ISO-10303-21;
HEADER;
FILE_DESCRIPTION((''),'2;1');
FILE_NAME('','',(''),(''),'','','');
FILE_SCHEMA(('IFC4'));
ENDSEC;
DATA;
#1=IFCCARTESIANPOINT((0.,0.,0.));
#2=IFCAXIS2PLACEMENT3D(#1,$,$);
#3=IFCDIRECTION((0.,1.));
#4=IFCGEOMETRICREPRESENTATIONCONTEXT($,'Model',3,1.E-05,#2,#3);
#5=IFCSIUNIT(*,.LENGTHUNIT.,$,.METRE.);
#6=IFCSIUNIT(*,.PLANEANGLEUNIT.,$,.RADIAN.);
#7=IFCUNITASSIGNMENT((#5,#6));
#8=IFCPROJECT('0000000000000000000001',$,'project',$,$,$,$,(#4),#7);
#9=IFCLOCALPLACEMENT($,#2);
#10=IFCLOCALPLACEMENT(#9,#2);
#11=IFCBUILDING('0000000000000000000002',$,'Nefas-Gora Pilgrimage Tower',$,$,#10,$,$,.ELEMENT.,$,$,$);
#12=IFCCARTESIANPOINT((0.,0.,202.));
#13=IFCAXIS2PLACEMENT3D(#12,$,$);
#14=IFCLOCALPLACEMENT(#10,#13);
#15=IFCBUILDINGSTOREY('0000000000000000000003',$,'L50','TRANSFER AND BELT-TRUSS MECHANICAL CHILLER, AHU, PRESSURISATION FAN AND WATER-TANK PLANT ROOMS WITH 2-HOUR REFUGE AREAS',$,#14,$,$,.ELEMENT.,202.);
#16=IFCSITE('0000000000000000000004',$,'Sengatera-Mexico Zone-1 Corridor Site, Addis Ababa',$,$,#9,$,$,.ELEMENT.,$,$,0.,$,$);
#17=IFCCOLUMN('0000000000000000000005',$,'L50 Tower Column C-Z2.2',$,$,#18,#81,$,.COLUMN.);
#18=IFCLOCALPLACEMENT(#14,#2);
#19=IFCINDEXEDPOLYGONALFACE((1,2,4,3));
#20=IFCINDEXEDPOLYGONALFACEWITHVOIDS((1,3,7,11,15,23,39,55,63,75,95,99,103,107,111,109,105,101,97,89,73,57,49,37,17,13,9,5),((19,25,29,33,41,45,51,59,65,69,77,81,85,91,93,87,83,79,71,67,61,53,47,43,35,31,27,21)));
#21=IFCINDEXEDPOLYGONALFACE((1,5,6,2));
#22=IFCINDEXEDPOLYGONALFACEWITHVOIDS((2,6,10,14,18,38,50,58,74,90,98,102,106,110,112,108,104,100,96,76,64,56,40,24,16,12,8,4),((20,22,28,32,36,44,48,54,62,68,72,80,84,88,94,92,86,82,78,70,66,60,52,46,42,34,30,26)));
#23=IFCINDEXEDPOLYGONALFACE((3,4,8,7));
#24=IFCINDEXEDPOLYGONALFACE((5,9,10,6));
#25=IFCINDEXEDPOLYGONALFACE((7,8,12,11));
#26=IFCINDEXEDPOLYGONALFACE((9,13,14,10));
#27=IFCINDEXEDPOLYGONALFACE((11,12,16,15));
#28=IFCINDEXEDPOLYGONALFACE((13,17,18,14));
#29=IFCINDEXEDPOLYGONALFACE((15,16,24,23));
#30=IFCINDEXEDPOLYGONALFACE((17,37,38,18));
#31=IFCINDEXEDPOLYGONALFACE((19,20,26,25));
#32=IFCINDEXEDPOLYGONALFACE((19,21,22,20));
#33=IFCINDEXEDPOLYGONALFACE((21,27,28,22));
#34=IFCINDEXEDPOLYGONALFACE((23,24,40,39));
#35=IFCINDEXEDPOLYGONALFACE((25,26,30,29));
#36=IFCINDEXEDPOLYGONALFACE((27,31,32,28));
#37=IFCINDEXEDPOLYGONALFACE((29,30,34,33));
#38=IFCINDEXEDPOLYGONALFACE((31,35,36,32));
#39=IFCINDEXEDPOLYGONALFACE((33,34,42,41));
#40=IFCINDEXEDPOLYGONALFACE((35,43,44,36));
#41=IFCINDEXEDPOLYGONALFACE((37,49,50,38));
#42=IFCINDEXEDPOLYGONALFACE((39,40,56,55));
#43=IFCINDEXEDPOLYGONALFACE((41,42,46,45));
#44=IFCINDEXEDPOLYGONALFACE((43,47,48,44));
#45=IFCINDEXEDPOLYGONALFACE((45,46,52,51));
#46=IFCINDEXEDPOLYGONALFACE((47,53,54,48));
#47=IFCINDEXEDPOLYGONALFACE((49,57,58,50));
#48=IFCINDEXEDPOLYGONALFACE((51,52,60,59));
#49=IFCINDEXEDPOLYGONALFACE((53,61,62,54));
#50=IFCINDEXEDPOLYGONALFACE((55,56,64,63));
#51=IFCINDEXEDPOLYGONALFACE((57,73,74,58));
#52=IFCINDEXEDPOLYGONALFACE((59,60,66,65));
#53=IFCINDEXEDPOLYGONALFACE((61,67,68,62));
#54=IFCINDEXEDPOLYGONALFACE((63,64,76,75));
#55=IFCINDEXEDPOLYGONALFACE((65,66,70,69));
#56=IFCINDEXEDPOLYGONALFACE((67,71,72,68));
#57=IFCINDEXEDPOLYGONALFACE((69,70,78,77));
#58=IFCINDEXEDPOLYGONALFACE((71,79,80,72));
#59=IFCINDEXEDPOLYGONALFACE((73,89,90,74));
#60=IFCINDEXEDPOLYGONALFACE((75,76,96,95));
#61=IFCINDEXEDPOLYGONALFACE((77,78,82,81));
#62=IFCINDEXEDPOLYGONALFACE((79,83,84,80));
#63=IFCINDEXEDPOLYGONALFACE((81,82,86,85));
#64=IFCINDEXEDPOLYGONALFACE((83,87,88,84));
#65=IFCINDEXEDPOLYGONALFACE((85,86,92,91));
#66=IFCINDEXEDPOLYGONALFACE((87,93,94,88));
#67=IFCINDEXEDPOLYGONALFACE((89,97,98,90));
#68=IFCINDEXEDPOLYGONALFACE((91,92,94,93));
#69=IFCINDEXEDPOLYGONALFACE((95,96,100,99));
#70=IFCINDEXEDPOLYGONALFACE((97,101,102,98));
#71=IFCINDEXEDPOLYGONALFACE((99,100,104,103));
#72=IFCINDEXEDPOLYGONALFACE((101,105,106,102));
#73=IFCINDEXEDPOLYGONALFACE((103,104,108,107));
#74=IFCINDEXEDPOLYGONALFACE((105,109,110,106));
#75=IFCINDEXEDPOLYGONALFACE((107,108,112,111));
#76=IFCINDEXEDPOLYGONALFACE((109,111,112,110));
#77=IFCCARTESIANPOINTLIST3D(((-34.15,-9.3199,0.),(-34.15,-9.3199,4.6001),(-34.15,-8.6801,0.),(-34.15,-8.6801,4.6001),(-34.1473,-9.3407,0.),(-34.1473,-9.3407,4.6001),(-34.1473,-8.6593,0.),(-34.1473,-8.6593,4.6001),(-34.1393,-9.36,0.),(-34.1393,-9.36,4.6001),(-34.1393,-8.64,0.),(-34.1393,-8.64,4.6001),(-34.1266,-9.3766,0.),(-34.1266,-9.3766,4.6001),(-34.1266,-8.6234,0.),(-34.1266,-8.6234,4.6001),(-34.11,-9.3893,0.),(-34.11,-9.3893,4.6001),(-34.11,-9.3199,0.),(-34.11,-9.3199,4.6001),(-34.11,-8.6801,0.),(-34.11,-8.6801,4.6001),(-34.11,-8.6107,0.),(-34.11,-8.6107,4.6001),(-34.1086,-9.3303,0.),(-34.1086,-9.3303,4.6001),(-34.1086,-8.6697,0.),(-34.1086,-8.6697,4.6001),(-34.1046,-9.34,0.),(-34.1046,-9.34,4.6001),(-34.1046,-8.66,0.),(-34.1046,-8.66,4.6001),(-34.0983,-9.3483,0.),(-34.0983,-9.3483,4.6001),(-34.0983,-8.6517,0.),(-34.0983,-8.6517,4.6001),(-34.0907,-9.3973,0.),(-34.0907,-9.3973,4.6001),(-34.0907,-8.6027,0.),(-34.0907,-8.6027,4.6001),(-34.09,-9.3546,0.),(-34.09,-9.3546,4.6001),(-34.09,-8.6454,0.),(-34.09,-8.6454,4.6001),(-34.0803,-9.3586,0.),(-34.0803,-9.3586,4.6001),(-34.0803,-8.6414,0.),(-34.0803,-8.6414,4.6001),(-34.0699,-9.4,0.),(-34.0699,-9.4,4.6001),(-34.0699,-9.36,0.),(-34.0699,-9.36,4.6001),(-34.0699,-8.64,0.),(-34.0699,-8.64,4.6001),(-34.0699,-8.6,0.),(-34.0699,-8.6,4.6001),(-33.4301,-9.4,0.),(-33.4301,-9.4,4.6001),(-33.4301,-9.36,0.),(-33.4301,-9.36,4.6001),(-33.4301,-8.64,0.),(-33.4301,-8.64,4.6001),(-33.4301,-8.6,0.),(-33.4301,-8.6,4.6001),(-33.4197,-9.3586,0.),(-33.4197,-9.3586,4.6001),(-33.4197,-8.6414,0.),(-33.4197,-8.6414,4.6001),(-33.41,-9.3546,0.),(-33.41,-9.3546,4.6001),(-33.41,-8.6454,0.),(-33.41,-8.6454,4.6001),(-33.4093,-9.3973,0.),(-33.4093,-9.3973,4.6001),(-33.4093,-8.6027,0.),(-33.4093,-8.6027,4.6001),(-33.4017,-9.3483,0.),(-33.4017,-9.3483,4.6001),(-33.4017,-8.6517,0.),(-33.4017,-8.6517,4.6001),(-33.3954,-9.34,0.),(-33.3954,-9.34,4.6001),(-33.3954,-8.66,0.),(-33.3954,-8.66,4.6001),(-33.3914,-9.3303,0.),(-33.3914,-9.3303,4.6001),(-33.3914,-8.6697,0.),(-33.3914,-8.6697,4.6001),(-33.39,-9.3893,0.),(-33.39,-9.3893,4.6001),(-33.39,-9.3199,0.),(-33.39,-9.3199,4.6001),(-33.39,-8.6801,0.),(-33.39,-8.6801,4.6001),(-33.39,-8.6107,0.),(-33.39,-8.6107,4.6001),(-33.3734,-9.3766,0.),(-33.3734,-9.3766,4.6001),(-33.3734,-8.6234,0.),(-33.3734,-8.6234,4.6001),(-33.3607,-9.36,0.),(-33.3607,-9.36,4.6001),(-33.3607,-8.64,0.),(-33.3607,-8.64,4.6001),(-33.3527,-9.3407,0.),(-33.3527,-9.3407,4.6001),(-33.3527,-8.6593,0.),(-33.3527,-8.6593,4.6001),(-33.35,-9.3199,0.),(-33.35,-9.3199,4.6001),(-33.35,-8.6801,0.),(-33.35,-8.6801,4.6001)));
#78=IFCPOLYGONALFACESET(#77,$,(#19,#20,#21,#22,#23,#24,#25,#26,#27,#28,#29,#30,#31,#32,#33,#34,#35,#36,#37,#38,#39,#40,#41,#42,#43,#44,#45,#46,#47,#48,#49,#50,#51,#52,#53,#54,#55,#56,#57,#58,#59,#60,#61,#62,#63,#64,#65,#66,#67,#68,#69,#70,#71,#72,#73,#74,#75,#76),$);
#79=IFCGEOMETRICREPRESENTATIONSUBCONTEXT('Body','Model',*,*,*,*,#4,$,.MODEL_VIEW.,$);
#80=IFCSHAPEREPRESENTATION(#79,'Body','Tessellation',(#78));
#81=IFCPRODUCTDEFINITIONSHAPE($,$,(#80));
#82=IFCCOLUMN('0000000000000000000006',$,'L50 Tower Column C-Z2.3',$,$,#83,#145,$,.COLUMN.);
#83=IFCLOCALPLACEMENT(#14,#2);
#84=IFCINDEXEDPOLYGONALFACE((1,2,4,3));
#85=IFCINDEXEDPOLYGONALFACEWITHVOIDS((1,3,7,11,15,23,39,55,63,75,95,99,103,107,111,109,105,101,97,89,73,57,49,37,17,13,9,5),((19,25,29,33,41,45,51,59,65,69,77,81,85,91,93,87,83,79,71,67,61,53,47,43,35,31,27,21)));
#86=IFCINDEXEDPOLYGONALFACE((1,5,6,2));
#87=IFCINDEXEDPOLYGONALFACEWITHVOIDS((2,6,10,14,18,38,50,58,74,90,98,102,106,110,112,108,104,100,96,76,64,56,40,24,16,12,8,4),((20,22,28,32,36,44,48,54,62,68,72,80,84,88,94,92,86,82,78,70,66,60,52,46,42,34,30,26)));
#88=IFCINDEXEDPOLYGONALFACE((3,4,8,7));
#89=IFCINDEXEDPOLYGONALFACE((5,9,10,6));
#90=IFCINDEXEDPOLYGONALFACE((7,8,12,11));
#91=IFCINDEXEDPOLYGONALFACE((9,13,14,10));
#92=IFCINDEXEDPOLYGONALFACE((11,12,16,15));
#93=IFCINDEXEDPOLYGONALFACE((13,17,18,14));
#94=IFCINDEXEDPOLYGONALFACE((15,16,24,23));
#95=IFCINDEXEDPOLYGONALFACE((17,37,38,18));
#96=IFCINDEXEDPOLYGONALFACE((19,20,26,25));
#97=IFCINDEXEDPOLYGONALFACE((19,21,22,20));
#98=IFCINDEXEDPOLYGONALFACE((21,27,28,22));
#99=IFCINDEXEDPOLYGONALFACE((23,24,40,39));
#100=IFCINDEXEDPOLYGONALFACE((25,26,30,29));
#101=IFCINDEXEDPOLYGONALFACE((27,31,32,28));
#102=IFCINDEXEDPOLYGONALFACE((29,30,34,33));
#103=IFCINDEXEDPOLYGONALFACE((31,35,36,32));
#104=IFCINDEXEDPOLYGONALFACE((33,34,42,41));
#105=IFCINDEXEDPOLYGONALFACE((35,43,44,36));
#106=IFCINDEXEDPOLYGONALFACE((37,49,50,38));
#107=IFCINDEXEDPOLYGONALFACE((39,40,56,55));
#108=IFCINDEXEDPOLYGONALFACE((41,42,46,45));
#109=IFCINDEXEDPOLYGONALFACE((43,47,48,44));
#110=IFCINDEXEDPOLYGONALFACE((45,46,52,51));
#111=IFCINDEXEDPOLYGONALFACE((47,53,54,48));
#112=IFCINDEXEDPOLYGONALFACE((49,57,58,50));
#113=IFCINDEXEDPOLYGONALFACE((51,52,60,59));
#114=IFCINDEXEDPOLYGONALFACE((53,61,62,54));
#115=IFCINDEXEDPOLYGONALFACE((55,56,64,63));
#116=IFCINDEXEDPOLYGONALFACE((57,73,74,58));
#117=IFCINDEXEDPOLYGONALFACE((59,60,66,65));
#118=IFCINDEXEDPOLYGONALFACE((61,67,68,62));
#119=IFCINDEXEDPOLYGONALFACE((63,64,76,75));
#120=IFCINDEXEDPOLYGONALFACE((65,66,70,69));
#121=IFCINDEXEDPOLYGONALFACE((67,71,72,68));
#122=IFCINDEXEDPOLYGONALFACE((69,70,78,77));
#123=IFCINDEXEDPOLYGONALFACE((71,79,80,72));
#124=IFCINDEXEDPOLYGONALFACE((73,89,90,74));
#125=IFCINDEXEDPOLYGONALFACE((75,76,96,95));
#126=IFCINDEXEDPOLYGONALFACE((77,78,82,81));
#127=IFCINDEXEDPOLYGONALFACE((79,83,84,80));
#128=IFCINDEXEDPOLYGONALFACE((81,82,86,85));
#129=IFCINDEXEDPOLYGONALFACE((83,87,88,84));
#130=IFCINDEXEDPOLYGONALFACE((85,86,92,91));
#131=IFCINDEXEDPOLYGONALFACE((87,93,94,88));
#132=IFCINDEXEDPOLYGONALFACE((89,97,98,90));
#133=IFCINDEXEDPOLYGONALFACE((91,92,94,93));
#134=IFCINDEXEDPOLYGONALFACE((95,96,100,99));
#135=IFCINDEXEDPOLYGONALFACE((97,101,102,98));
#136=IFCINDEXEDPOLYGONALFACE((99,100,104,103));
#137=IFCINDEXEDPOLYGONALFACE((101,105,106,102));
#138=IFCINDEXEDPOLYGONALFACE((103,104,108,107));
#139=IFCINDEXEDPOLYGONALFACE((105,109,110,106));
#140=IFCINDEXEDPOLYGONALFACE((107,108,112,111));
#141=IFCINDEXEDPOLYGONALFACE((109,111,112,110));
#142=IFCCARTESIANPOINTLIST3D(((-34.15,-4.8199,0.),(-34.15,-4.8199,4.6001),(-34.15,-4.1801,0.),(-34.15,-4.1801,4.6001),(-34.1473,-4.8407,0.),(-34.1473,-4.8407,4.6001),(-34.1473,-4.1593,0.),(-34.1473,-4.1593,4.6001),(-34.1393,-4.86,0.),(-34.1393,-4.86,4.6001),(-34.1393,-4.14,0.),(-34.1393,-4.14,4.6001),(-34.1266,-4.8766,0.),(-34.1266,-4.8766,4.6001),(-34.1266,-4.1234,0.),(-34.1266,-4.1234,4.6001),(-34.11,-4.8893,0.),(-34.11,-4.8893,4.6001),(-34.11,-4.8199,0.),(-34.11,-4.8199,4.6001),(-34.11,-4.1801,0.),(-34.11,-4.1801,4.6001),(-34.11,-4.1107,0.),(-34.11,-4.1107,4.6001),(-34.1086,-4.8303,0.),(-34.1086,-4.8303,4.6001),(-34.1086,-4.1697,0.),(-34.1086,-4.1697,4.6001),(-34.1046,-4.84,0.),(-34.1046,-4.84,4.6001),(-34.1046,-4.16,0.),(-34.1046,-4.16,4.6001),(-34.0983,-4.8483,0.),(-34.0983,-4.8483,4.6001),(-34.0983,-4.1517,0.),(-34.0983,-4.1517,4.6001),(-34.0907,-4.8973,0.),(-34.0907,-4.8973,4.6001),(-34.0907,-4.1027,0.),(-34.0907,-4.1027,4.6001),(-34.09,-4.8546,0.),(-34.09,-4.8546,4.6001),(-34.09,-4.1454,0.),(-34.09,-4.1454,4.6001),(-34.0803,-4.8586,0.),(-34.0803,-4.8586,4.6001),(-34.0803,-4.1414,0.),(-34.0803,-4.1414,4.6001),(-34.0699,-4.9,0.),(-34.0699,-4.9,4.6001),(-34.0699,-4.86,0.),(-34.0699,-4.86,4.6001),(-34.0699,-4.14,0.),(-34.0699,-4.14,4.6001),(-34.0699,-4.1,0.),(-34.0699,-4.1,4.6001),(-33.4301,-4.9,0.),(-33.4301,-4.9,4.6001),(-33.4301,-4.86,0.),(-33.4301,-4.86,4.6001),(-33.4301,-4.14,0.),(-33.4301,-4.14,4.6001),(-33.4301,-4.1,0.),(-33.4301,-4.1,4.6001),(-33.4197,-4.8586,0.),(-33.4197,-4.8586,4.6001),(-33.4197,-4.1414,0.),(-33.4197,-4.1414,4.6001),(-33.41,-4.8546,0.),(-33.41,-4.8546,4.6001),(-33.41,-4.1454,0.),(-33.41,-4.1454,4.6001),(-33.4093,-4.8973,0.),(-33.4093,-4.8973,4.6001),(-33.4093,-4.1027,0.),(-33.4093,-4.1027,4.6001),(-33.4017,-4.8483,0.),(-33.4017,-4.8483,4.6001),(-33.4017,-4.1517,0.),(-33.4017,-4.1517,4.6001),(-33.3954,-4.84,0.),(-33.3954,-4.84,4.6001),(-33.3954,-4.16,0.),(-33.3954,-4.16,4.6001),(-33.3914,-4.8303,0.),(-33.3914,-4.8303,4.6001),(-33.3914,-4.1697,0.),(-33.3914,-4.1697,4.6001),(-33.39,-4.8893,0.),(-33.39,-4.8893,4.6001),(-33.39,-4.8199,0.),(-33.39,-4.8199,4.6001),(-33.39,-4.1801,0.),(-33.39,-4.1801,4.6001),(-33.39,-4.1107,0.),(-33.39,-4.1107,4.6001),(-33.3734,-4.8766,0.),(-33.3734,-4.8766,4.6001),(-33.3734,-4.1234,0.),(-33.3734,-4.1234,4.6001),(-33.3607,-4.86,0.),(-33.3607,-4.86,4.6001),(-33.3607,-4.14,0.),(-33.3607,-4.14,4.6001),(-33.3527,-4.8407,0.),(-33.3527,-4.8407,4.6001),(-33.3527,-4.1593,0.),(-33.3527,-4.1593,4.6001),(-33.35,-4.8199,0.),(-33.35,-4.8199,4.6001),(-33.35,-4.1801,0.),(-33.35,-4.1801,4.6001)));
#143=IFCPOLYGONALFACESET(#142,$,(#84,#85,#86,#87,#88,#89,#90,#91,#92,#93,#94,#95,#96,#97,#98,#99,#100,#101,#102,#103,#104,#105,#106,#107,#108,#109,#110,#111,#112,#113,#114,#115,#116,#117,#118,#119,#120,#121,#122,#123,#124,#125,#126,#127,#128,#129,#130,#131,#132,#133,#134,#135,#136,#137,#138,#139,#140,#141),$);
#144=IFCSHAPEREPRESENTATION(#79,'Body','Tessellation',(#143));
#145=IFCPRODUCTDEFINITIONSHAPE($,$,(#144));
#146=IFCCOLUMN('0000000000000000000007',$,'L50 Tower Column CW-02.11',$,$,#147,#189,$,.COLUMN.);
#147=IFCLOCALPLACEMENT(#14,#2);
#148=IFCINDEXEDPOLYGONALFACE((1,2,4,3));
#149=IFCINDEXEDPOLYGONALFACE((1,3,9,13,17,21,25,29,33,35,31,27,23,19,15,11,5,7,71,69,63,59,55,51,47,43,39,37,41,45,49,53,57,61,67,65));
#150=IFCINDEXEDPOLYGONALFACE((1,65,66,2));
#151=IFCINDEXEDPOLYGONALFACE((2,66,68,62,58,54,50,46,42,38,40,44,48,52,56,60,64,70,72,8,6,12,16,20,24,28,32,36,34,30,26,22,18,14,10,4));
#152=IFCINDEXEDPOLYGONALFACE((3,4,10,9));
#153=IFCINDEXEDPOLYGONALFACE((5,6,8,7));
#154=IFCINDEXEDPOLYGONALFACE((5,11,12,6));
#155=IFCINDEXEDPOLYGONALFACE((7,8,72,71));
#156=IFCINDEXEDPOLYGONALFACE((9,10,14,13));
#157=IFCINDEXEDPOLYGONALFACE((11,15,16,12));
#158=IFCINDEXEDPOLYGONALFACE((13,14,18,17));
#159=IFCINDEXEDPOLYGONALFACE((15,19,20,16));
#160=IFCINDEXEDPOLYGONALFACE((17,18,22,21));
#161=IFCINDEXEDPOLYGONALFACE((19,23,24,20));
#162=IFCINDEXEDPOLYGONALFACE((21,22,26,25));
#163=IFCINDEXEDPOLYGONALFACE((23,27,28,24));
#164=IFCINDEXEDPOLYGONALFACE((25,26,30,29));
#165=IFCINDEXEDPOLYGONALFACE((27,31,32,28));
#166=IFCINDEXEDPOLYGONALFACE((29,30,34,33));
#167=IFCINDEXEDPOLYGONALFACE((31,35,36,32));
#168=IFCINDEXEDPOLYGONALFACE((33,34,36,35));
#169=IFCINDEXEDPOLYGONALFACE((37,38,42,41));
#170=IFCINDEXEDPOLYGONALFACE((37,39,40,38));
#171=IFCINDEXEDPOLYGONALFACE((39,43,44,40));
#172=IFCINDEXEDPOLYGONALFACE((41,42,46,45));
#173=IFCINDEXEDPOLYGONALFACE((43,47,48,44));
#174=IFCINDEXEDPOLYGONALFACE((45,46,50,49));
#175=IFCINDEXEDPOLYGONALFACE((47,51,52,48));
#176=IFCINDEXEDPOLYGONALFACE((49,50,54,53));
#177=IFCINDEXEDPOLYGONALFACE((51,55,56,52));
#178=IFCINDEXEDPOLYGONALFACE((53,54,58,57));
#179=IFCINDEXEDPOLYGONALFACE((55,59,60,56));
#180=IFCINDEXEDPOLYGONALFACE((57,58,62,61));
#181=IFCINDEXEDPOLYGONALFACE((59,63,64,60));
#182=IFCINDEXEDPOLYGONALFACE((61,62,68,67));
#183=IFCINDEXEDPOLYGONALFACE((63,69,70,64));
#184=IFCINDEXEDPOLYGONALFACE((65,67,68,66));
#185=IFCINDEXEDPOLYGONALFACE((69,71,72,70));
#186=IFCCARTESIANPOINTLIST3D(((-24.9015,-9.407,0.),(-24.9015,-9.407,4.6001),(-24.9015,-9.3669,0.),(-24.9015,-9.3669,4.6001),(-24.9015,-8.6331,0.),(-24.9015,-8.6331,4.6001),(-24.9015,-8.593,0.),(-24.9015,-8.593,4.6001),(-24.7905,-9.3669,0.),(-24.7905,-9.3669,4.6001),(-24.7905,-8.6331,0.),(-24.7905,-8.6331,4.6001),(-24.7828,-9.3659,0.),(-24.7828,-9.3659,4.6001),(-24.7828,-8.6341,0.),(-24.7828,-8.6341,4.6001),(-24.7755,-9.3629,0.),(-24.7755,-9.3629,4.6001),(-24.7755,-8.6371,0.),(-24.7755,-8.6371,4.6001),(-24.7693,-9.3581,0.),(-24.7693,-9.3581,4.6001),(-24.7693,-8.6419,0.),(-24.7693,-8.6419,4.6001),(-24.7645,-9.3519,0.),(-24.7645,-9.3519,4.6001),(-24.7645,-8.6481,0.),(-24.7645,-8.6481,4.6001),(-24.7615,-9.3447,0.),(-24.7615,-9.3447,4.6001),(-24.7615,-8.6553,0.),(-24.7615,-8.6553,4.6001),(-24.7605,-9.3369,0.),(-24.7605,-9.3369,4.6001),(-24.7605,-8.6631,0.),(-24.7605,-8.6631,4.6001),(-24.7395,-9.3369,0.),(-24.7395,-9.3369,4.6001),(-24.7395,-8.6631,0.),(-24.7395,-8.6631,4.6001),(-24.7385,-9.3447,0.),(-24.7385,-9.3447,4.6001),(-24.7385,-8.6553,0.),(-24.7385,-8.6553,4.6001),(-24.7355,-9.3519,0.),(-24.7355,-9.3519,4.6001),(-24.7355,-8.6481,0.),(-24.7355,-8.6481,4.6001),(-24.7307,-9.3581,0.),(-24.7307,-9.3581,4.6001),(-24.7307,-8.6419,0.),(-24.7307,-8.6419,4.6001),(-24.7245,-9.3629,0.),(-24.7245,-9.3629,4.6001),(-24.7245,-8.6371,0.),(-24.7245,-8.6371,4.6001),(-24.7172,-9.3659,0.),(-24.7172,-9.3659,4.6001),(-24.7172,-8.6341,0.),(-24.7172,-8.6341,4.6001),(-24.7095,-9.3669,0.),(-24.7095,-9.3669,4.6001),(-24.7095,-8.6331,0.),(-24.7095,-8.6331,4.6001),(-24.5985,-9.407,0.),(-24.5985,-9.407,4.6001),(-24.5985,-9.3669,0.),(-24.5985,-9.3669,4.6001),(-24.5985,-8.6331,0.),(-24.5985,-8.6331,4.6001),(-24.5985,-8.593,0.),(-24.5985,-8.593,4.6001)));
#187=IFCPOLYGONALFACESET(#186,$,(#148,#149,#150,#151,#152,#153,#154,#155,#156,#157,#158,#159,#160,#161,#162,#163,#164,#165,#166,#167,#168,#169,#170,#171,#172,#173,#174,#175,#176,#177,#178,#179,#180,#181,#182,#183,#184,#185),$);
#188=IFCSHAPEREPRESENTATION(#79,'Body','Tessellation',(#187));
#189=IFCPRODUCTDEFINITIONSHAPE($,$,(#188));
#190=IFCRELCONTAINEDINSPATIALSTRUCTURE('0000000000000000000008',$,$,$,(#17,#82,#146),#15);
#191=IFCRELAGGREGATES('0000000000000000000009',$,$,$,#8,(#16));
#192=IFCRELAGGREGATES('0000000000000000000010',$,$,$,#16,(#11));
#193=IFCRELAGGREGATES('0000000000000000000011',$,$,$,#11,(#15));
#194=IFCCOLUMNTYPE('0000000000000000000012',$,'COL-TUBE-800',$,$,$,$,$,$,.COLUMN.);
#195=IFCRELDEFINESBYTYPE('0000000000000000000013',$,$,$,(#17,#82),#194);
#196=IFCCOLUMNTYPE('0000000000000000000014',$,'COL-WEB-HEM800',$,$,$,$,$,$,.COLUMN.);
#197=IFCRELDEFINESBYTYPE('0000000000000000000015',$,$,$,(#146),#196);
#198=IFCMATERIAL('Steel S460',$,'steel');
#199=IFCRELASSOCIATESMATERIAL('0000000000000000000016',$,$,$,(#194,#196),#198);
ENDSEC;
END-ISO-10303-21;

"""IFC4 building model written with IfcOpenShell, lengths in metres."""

from ifc_helpers import new_model, si_unit, direction, frame, origin, origin_2d, place, context, subcontext, project, spatial, hollow_rectangle, i_section, extrude, source, transform, mapped, material, material_profile, profile_set, type_object, element, save


model = new_model("IFC4")

# Units and contexts
model_context = context("Model", 3, precision=1e-05, world=origin(), true_north=direction((0.0, 1.0)))
body_context = subcontext(model_context, "Body", "Model", "MODEL_VIEW")
ifc_project = project(units=[si_unit("LENGTHUNIT", "METRE"), si_unit("PLANEANGLEUNIT", "RADIAN")], contexts=[model_context])

# Site, building, storey
site_placement = place(None, origin())
site = spatial("IfcSite", under=ifc_project, at=site_placement, Name="Sengatera-Mexico Zone-1 Corridor Site, Addis Ababa", CompositionType="ELEMENT", RefElevation=0.0)
building_placement = place(site_placement, origin())
building = spatial("IfcBuilding", under=site, at=building_placement, Name="Nefas-Gora Pilgrimage Tower", CompositionType="ELEMENT")
storey_placement = place(building_placement, frame((0.0, 0.0, 202.0)))
storey = spatial("IfcBuildingStorey", under=building, at=storey_placement, Name="L50", Description="TRANSFER AND BELT-TRUSS MECHANICAL CHILLER, AHU, PRESSURISATION FAN AND WATER-TANK PLANT ROOMS WITH 2-HOUR REFUGE AREAS", CompositionType="ELEMENT", Elevation=202.0)

# Columns
ifc_material_1 = material(Name="Steel S460", Category="steel")
ifc_material_profile_1 = material_profile(ifc_material_1, hollow_rectangle(XDim=0.8, YDim=0.8, WallThickness=0.04, InnerFilletRadius=0.04, OuterFilletRadius=0.0801, at=origin_2d()), Name="BOX 800x800x40")
ifc_profile_set_1 = profile_set([ifc_material_profile_1], Name="Steel S460")
column_type_1 = type_object("IfcColumnType", Name="COL-TUBE-800", PredefinedType="COLUMN", material=ifc_profile_set_1)
shared_shape_1 = source(origin(), body_context, "Body", "SweptSolid", [
    extrude(hollow_rectangle(XDim=0.8, YDim=0.8, WallThickness=0.04, InnerFilletRadius=0.04, OuterFilletRadius=0.0801, at=origin_2d()), origin(), (0.0, 0.0, 1.0), 4.6001),
])
for number, where, z_axis, x_axis, name in (
    (1, (-33.75, -9.0, 0.0), (0.0, 0.0, 1.0), (1.0, 0.0, 0.0), "L50 Tower Column C-Z2.2"),
    (2, (-33.75, -4.5, 0.0), (0.0, 0.0, 1.0), (1.0, 0.0, 0.0), "L50 Tower Column C-Z2.3"),
):
    element("IfcColumn", number, at=place(storey_placement, frame(where, z_axis=z_axis, x_axis=x_axis)), inside=storey, type_object=column_type_1, Name=name, PredefinedType="COLUMN", context=body_context, shape_type="MappedRepresentation", body=[
        mapped(shared_shape_1, transform((0.0, 0.0, 0.0), x_axis=(1.0, 0.0, 0.0), y_axis=(0.0, 1.0, 0.0), z_axis=(0.0, 0.0, 1.0), scale=1.0)),
    ])
ifc_material_profile_2 = material_profile(ifc_material_1, i_section(OverallWidth=0.303, OverallDepth=0.814, WebThickness=0.021, FlangeThickness=0.04, FilletRadius=0.03, at=origin_2d()), Name="HEM 800")
ifc_profile_set_2 = profile_set([ifc_material_profile_2], Name="Steel S460")
column_type_2 = type_object("IfcColumnType", Name="COL-WEB-HEM800", PredefinedType="COLUMN", material=ifc_profile_set_2)
shared_shape_2 = source(origin(), body_context, "Body", "SweptSolid", [
    extrude(i_section(OverallWidth=0.303, OverallDepth=0.814, WebThickness=0.021, FlangeThickness=0.04, FilletRadius=0.03, at=origin_2d()), origin(), (0.0, 0.0, 1.0), 4.6001),
])
for number, where, z_axis, x_axis, name in (
    (3, (-24.75, -9.0, 0.0), (0.0, 0.0, 1.0), (1.0, 0.0, 0.0), "L50 Tower Column CW-02.11"),
):
    element("IfcColumn", number, at=place(storey_placement, frame(where, z_axis=z_axis, x_axis=x_axis)), inside=storey, type_object=column_type_2, Name=name, PredefinedType="COLUMN", context=body_context, shape_type="MappedRepresentation", body=[
        mapped(shared_shape_2, transform((0.0, 0.0, 0.0), x_axis=(1.0, 0.0, 0.0), y_axis=(0.0, 1.0, 0.0), z_axis=(0.0, 0.0, 1.0), scale=1.0)),
    ])

save(model, "model.ifc")
